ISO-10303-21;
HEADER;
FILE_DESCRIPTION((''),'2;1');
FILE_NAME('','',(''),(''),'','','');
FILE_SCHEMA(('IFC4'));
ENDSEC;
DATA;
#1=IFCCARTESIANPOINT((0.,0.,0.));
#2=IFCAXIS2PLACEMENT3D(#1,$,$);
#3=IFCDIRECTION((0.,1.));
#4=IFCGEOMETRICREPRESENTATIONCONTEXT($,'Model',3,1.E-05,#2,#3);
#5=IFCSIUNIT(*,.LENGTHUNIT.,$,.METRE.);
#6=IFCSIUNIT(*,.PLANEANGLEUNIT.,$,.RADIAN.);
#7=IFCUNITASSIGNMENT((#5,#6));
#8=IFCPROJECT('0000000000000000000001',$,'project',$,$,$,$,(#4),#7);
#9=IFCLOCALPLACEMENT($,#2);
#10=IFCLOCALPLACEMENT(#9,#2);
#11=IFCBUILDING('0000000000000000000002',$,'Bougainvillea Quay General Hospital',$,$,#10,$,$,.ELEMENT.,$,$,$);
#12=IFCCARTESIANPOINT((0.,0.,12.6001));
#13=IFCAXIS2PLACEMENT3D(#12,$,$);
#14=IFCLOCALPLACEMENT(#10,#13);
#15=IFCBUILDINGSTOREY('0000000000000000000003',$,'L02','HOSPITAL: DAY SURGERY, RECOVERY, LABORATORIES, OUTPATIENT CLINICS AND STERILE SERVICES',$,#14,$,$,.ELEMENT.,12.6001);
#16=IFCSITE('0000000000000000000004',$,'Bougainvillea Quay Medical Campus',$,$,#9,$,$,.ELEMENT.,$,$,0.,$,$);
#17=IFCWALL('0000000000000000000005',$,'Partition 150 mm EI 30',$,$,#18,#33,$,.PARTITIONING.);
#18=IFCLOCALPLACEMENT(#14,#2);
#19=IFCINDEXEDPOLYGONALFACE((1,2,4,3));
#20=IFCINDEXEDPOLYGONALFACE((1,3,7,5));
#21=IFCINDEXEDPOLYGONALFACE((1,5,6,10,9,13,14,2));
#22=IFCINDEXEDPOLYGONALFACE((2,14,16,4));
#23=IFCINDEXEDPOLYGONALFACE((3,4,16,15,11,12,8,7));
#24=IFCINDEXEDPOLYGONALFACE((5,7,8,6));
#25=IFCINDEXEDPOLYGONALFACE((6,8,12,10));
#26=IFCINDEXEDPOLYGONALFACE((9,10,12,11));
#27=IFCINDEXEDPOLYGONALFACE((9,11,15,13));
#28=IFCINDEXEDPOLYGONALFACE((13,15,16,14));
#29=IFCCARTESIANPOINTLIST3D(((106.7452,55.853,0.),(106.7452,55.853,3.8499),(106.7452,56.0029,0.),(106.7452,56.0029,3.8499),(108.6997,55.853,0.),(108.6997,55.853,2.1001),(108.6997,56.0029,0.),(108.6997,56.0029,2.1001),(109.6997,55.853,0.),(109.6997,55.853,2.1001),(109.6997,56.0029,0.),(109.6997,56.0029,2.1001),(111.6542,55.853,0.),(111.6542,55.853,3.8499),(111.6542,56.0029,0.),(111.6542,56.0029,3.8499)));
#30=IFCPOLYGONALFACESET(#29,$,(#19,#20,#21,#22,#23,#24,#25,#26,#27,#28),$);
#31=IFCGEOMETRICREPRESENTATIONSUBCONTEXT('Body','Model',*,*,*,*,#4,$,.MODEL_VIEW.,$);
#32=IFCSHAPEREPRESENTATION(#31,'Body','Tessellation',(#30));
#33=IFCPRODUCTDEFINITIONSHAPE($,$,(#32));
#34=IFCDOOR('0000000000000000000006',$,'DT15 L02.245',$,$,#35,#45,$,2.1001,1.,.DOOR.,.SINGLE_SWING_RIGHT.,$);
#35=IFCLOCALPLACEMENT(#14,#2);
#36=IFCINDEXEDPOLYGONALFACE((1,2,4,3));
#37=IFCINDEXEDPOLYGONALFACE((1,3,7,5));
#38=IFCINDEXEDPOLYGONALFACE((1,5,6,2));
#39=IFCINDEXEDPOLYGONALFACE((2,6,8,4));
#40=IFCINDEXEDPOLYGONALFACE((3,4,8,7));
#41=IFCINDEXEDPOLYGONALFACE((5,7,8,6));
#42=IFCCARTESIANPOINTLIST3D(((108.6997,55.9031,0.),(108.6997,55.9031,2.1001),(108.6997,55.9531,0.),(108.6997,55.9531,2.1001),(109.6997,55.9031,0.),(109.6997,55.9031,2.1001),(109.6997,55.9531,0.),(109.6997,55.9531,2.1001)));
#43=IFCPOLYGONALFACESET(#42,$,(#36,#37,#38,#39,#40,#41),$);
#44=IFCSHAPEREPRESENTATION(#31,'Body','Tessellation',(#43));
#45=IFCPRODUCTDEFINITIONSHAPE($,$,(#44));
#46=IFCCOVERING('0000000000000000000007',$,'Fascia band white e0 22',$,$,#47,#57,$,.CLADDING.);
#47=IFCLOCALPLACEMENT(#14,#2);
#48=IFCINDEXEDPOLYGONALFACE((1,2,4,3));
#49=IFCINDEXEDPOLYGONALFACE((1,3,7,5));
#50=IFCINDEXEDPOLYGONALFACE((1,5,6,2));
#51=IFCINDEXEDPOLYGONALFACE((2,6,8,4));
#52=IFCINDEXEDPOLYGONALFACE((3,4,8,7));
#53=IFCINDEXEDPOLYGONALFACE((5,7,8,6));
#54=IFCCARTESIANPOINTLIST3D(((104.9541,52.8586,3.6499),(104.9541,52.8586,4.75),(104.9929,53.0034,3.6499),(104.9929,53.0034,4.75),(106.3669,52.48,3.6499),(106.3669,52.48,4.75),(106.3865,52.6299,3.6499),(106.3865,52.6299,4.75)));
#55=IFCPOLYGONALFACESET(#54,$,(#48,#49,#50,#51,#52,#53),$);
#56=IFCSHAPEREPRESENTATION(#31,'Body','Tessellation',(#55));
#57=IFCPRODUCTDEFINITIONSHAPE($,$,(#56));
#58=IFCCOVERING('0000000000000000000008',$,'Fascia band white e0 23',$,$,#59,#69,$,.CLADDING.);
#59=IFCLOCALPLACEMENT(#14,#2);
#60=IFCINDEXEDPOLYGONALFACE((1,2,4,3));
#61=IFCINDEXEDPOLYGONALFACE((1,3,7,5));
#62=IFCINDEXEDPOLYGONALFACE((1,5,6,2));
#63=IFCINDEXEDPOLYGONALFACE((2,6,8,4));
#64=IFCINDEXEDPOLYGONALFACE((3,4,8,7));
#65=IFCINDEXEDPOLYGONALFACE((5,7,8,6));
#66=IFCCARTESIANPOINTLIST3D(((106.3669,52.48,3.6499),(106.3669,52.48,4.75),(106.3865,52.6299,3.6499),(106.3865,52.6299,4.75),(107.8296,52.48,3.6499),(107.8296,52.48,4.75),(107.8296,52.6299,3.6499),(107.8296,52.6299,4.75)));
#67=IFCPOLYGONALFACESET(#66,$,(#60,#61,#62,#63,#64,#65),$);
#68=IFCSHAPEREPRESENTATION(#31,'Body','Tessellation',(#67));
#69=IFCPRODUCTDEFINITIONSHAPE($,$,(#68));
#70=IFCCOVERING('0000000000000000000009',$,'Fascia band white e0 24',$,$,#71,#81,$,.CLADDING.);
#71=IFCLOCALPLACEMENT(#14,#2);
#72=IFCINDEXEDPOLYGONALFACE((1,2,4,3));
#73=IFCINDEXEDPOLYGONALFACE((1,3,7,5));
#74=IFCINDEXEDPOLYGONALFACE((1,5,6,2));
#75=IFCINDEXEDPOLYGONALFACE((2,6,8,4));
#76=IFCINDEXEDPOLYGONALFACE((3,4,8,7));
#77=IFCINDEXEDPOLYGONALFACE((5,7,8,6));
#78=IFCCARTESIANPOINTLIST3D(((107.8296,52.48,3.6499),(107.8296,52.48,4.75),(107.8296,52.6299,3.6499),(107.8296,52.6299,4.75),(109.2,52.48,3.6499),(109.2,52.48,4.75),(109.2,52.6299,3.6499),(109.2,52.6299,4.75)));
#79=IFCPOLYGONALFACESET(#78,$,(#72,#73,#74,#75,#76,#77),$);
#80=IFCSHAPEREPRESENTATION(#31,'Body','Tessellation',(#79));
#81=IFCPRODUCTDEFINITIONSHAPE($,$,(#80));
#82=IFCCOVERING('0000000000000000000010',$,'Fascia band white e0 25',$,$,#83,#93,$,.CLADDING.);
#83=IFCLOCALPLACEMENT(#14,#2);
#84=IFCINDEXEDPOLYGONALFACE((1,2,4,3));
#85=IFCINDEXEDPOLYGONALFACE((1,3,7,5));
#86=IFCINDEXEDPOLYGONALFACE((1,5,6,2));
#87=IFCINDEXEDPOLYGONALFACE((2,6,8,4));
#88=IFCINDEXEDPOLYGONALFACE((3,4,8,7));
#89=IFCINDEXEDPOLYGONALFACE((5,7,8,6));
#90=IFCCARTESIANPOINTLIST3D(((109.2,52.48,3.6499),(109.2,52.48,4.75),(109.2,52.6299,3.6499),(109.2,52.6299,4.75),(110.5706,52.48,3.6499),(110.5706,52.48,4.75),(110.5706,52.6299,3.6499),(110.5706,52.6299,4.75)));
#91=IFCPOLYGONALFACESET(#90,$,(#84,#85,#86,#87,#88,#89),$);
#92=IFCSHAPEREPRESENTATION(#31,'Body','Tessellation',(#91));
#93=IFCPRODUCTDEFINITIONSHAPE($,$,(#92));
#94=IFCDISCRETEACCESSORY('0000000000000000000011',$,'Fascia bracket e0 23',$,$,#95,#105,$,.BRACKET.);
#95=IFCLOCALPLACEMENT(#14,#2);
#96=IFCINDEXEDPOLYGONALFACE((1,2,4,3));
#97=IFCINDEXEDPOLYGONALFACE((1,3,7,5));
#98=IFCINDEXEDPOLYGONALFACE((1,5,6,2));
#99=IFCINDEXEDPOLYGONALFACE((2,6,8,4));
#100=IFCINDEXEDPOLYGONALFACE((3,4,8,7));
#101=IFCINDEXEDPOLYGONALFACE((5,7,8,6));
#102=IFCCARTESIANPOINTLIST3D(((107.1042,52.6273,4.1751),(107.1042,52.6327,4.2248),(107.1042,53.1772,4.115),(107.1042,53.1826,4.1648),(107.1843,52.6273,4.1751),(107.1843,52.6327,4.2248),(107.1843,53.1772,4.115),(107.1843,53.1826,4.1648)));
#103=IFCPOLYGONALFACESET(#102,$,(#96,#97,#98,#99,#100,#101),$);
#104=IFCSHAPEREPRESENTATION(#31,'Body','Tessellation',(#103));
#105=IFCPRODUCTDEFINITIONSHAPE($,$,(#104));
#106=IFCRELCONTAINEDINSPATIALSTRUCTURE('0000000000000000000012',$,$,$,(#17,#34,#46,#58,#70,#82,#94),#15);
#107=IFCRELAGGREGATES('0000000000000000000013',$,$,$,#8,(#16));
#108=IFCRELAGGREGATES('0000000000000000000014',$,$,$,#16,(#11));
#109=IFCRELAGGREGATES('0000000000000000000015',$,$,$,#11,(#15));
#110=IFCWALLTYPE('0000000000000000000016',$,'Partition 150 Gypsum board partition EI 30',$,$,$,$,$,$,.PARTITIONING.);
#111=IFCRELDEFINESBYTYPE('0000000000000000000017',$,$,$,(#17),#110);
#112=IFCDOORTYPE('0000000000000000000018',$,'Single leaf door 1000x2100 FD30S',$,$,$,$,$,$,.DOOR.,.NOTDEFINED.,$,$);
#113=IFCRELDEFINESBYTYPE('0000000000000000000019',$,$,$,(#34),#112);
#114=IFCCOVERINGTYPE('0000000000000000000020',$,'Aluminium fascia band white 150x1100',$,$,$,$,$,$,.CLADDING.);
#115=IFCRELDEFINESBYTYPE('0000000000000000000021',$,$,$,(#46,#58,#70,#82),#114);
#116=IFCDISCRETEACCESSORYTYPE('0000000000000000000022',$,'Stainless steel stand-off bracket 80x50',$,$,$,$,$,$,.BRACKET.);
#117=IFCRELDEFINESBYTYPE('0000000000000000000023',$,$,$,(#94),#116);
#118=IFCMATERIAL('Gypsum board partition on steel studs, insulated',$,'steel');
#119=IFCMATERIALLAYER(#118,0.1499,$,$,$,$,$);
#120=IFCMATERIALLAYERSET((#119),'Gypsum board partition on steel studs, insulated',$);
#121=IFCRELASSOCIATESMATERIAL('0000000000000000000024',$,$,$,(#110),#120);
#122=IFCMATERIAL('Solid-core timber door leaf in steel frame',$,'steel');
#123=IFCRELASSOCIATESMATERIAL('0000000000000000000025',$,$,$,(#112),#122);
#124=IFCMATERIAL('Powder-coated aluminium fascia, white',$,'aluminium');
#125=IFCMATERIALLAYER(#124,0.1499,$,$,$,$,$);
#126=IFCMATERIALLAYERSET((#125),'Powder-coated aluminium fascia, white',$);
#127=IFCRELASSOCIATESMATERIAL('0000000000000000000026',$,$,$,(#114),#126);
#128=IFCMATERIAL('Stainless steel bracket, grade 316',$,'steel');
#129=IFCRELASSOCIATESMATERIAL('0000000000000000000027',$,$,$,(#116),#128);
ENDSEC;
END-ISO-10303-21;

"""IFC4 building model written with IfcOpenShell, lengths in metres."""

from ifc_helpers import new_model, si_unit, direction, frame, frame_2d, origin, origin_2d, place, context, subcontext, project, spatial, polyline, rectangle, outline, extrude, material, layer, layer_set, material_profile, profile_set, type_object, element, fill, save


model = new_model("IFC4")

# Units and contexts
model_context = context("Model", 3, precision=1e-05, world=origin(), true_north=direction((0.0, 1.0)))
body_context = subcontext(model_context, "Body", "Model", "MODEL_VIEW")
ifc_project = project(units=[si_unit("LENGTHUNIT", "METRE"), si_unit("PLANEANGLEUNIT", "RADIAN")], contexts=[model_context])

# Site, building, storey
site_placement = place(None, origin())
site = spatial("IfcSite", under=ifc_project, at=site_placement, Name="Bougainvillea Quay Medical Campus", CompositionType="ELEMENT", RefElevation=0.0)
building_placement = place(site_placement, origin())
building = spatial("IfcBuilding", under=site, at=building_placement, Name="Bougainvillea Quay General Hospital", CompositionType="ELEMENT")
storey_placement = place(building_placement, frame((0.0, 0.0, 12.6001)))
storey = spatial("IfcBuildingStorey", under=building, at=storey_placement, Name="L02", Description="HOSPITAL: DAY SURGERY, RECOVERY, LABORATORIES, OUTPATIENT CLINICS AND STERILE SERVICES", CompositionType="ELEMENT", Elevation=12.6001)

# Wall, opening, door
ifc_material_1 = material(Name="Gypsum board partition on steel studs, insulated", Category="steel")
ifc_layer_1 = layer(ifc_material_1, 0.1499)
ifc_layer_set_1 = layer_set([ifc_layer_1], Name="Gypsum board partition on steel studs, insulated")
wall_type = type_object("IfcWallType", Name="Partition 150 Gypsum board partition EI 30", PredefinedType="PARTITIONING", material=ifc_layer_set_1)
wall_placement = place(storey_placement, frame((106.7451, 55.928, 0.0), z_axis=(0.0, 0.0, 1.0), x_axis=(1.0, 0.0, 0.0)))
wall = element("IfcWall", 1, at=wall_placement, inside=storey, type_object=wall_type, Name="Partition 150 mm EI 30", PredefinedType="PARTITIONING", context=body_context, shape_type="SweptSolid", body=[
    extrude(rectangle(XDim=4.9089, YDim=0.1499, at=frame_2d((2.4546, 0.0))), origin(), (0.0, 0.0, 1.0), 3.8499),
])
opening_placement = place(wall_placement, frame((1.9546, 0.0, 0.0)))
opening = element("IfcOpeningElement", 2, at=opening_placement, cuts=wall, PredefinedType="OPENING", context=body_context, shape_type="SweptSolid", body=[
    extrude(rectangle(XDim=1.0, YDim=2.1001, at=frame_2d((0.5, 1.05))), frame((0.0, 0.085, 0.0), z_axis=(0.0, -1.0, 0.0), x_axis=(1.0, 0.0, 0.0)), (0.0, 0.0, 1.0), 0.1699),
])
ifc_material_2 = material(Name="Solid-core timber door leaf in steel frame", Category="steel")
door_type = type_object("IfcDoorType", Name="Single leaf door 1000x2100 FD30S", OperationType="NOTDEFINED", PredefinedType="DOOR", material=ifc_material_2)
door_placement = place(opening_placement, frame((1.0, 0.0, 0.0), z_axis=(0.0, 0.0, 1.0), x_axis=(-1.0, 0.0, 0.0)))
door = element("IfcDoor", 3, at=door_placement, inside=storey, type_object=door_type, Name="DT15 L02.245", OperationType="SINGLE_SWING_RIGHT", OverallHeight=2.1001, OverallWidth=1.0, PredefinedType="DOOR", context=body_context, shape_type="SweptSolid", body=[
    extrude(rectangle(XDim=1.0, YDim=2.1001, at=frame_2d((0.5, 1.05))), frame((0.0, 0.0249, 0.0), z_axis=(0.0, -1.0, 0.0), x_axis=(1.0, 0.0, 0.0)), (0.0, 0.0, 1.0), 0.05),
])
fill(opening, door)

# Coverings
ifc_material_3 = material(Name="Powder-coated aluminium fascia, white", Category="aluminium")
ifc_layer_2 = layer(ifc_material_3, 0.1499)
ifc_layer_set_2 = layer_set([ifc_layer_2], Name="Powder-coated aluminium fascia, white")
covering_type = type_object("IfcCoveringType", Name="Aluminium fascia band white 150x1100", PredefinedType="CLADDING", material=ifc_layer_set_2)
covering_1_placement = place(storey_placement, frame((104.9929, 53.0034, 3.6499), z_axis=(0.0, 0.0, 1.0), x_axis=(0.965903, -0.258905, 0.0)))
element("IfcCovering", 4, at=covering_1_placement, inside=storey, type_object=covering_type, Name="Fascia band white e0 22", PredefinedType="CLADDING", context=body_context, shape_type="SweptSolid", body=[
    extrude(outline(polyline([(0.0, 0.0), (1.4427, 0.0), (1.4627, -0.1498), (0.0, -0.1499), (0.0, 0.0)])), origin(), (0.0, 0.0, 1.0), 1.1001),
])
covering_2_placement = place(storey_placement, frame((106.3865, 52.6299, 3.6499), z_axis=(0.0, 0.0, 1.0), x_axis=(1.0, 0.0, 0.0)))
element("IfcCovering", 5, at=covering_2_placement, inside=storey, type_object=covering_type, Name="Fascia band white e0 23", PredefinedType="CLADDING", context=body_context, shape_type="SweptSolid", body=[
    extrude(outline(polyline([(0.0, 0.0), (1.4431, 0.0), (1.4431, -0.1499), (-0.0195, -0.1499), (0.0, 0.0)])), origin(), (0.0, 0.0, 1.0), 1.1001),
])
covering_3_placement = place(storey_placement, frame((107.8296, 52.6299, 3.6499), z_axis=(0.0, 0.0, 1.0), x_axis=(1.0, 0.0, 0.0)))
element("IfcCovering", 6, at=covering_3_placement, inside=storey, type_object=covering_type, Name="Fascia band white e0 24", PredefinedType="CLADDING", context=body_context, shape_type="SweptSolid", body=[
    extrude(outline(polyline([(0.0, 0.0), (1.3704, 0.0), (1.3704, -0.1499), (0.0, -0.1499), (0.0, 0.0)])), origin(), (0.0, 0.0, 1.0), 1.1001),
])
covering_4_placement = place(storey_placement, frame((109.2, 52.6299, 3.6499), z_axis=(0.0, 0.0, 1.0), x_axis=(1.0, 0.0, 0.0)))
element("IfcCovering", 7, at=covering_4_placement, inside=storey, type_object=covering_type, Name="Fascia band white e0 25", PredefinedType="CLADDING", context=body_context, shape_type="SweptSolid", body=[
    extrude(outline(polyline([(0.0, 0.0), (1.3706, 0.0), (1.3706, -0.1499), (0.0, -0.1499), (0.0, 0.0)])), origin(), (0.0, 0.0, 1.0), 1.1001),
])

# Discrete accessory
ifc_material_4 = material(Name="Stainless steel bracket, grade 316", Category="steel")
ifc_material_profile_1 = material_profile(ifc_material_4, rectangle(XDim=0.0801, YDim=0.05, at=origin_2d()))
ifc_profile_set_1 = profile_set([ifc_material_profile_1], Name="Stainless steel bracket, grade 316")
discrete_accessory_type = type_object("IfcDiscreteAccessoryType", Name="Stainless steel stand-off bracket 80x50", PredefinedType="BRACKET", material=ifc_profile_set_1)
discrete_accessory_placement = place(storey_placement, frame((107.1443, 53.1799, 4.1399), z_axis=(0.0, -0.994092, 0.108543), x_axis=(1.0, 0.0, 0.0)))
element("IfcDiscreteAccessory", 8, at=discrete_accessory_placement, inside=storey, type_object=discrete_accessory_type, Name="Fascia bracket e0 23", PredefinedType="BRACKET", context=body_context, shape_type="SweptSolid", body=[
    extrude(rectangle(XDim=0.0801, YDim=0.05, at=origin_2d()), origin(), (0.0, 0.0, 1.0), 0.5532),
])

save(model, "model.ifc")
